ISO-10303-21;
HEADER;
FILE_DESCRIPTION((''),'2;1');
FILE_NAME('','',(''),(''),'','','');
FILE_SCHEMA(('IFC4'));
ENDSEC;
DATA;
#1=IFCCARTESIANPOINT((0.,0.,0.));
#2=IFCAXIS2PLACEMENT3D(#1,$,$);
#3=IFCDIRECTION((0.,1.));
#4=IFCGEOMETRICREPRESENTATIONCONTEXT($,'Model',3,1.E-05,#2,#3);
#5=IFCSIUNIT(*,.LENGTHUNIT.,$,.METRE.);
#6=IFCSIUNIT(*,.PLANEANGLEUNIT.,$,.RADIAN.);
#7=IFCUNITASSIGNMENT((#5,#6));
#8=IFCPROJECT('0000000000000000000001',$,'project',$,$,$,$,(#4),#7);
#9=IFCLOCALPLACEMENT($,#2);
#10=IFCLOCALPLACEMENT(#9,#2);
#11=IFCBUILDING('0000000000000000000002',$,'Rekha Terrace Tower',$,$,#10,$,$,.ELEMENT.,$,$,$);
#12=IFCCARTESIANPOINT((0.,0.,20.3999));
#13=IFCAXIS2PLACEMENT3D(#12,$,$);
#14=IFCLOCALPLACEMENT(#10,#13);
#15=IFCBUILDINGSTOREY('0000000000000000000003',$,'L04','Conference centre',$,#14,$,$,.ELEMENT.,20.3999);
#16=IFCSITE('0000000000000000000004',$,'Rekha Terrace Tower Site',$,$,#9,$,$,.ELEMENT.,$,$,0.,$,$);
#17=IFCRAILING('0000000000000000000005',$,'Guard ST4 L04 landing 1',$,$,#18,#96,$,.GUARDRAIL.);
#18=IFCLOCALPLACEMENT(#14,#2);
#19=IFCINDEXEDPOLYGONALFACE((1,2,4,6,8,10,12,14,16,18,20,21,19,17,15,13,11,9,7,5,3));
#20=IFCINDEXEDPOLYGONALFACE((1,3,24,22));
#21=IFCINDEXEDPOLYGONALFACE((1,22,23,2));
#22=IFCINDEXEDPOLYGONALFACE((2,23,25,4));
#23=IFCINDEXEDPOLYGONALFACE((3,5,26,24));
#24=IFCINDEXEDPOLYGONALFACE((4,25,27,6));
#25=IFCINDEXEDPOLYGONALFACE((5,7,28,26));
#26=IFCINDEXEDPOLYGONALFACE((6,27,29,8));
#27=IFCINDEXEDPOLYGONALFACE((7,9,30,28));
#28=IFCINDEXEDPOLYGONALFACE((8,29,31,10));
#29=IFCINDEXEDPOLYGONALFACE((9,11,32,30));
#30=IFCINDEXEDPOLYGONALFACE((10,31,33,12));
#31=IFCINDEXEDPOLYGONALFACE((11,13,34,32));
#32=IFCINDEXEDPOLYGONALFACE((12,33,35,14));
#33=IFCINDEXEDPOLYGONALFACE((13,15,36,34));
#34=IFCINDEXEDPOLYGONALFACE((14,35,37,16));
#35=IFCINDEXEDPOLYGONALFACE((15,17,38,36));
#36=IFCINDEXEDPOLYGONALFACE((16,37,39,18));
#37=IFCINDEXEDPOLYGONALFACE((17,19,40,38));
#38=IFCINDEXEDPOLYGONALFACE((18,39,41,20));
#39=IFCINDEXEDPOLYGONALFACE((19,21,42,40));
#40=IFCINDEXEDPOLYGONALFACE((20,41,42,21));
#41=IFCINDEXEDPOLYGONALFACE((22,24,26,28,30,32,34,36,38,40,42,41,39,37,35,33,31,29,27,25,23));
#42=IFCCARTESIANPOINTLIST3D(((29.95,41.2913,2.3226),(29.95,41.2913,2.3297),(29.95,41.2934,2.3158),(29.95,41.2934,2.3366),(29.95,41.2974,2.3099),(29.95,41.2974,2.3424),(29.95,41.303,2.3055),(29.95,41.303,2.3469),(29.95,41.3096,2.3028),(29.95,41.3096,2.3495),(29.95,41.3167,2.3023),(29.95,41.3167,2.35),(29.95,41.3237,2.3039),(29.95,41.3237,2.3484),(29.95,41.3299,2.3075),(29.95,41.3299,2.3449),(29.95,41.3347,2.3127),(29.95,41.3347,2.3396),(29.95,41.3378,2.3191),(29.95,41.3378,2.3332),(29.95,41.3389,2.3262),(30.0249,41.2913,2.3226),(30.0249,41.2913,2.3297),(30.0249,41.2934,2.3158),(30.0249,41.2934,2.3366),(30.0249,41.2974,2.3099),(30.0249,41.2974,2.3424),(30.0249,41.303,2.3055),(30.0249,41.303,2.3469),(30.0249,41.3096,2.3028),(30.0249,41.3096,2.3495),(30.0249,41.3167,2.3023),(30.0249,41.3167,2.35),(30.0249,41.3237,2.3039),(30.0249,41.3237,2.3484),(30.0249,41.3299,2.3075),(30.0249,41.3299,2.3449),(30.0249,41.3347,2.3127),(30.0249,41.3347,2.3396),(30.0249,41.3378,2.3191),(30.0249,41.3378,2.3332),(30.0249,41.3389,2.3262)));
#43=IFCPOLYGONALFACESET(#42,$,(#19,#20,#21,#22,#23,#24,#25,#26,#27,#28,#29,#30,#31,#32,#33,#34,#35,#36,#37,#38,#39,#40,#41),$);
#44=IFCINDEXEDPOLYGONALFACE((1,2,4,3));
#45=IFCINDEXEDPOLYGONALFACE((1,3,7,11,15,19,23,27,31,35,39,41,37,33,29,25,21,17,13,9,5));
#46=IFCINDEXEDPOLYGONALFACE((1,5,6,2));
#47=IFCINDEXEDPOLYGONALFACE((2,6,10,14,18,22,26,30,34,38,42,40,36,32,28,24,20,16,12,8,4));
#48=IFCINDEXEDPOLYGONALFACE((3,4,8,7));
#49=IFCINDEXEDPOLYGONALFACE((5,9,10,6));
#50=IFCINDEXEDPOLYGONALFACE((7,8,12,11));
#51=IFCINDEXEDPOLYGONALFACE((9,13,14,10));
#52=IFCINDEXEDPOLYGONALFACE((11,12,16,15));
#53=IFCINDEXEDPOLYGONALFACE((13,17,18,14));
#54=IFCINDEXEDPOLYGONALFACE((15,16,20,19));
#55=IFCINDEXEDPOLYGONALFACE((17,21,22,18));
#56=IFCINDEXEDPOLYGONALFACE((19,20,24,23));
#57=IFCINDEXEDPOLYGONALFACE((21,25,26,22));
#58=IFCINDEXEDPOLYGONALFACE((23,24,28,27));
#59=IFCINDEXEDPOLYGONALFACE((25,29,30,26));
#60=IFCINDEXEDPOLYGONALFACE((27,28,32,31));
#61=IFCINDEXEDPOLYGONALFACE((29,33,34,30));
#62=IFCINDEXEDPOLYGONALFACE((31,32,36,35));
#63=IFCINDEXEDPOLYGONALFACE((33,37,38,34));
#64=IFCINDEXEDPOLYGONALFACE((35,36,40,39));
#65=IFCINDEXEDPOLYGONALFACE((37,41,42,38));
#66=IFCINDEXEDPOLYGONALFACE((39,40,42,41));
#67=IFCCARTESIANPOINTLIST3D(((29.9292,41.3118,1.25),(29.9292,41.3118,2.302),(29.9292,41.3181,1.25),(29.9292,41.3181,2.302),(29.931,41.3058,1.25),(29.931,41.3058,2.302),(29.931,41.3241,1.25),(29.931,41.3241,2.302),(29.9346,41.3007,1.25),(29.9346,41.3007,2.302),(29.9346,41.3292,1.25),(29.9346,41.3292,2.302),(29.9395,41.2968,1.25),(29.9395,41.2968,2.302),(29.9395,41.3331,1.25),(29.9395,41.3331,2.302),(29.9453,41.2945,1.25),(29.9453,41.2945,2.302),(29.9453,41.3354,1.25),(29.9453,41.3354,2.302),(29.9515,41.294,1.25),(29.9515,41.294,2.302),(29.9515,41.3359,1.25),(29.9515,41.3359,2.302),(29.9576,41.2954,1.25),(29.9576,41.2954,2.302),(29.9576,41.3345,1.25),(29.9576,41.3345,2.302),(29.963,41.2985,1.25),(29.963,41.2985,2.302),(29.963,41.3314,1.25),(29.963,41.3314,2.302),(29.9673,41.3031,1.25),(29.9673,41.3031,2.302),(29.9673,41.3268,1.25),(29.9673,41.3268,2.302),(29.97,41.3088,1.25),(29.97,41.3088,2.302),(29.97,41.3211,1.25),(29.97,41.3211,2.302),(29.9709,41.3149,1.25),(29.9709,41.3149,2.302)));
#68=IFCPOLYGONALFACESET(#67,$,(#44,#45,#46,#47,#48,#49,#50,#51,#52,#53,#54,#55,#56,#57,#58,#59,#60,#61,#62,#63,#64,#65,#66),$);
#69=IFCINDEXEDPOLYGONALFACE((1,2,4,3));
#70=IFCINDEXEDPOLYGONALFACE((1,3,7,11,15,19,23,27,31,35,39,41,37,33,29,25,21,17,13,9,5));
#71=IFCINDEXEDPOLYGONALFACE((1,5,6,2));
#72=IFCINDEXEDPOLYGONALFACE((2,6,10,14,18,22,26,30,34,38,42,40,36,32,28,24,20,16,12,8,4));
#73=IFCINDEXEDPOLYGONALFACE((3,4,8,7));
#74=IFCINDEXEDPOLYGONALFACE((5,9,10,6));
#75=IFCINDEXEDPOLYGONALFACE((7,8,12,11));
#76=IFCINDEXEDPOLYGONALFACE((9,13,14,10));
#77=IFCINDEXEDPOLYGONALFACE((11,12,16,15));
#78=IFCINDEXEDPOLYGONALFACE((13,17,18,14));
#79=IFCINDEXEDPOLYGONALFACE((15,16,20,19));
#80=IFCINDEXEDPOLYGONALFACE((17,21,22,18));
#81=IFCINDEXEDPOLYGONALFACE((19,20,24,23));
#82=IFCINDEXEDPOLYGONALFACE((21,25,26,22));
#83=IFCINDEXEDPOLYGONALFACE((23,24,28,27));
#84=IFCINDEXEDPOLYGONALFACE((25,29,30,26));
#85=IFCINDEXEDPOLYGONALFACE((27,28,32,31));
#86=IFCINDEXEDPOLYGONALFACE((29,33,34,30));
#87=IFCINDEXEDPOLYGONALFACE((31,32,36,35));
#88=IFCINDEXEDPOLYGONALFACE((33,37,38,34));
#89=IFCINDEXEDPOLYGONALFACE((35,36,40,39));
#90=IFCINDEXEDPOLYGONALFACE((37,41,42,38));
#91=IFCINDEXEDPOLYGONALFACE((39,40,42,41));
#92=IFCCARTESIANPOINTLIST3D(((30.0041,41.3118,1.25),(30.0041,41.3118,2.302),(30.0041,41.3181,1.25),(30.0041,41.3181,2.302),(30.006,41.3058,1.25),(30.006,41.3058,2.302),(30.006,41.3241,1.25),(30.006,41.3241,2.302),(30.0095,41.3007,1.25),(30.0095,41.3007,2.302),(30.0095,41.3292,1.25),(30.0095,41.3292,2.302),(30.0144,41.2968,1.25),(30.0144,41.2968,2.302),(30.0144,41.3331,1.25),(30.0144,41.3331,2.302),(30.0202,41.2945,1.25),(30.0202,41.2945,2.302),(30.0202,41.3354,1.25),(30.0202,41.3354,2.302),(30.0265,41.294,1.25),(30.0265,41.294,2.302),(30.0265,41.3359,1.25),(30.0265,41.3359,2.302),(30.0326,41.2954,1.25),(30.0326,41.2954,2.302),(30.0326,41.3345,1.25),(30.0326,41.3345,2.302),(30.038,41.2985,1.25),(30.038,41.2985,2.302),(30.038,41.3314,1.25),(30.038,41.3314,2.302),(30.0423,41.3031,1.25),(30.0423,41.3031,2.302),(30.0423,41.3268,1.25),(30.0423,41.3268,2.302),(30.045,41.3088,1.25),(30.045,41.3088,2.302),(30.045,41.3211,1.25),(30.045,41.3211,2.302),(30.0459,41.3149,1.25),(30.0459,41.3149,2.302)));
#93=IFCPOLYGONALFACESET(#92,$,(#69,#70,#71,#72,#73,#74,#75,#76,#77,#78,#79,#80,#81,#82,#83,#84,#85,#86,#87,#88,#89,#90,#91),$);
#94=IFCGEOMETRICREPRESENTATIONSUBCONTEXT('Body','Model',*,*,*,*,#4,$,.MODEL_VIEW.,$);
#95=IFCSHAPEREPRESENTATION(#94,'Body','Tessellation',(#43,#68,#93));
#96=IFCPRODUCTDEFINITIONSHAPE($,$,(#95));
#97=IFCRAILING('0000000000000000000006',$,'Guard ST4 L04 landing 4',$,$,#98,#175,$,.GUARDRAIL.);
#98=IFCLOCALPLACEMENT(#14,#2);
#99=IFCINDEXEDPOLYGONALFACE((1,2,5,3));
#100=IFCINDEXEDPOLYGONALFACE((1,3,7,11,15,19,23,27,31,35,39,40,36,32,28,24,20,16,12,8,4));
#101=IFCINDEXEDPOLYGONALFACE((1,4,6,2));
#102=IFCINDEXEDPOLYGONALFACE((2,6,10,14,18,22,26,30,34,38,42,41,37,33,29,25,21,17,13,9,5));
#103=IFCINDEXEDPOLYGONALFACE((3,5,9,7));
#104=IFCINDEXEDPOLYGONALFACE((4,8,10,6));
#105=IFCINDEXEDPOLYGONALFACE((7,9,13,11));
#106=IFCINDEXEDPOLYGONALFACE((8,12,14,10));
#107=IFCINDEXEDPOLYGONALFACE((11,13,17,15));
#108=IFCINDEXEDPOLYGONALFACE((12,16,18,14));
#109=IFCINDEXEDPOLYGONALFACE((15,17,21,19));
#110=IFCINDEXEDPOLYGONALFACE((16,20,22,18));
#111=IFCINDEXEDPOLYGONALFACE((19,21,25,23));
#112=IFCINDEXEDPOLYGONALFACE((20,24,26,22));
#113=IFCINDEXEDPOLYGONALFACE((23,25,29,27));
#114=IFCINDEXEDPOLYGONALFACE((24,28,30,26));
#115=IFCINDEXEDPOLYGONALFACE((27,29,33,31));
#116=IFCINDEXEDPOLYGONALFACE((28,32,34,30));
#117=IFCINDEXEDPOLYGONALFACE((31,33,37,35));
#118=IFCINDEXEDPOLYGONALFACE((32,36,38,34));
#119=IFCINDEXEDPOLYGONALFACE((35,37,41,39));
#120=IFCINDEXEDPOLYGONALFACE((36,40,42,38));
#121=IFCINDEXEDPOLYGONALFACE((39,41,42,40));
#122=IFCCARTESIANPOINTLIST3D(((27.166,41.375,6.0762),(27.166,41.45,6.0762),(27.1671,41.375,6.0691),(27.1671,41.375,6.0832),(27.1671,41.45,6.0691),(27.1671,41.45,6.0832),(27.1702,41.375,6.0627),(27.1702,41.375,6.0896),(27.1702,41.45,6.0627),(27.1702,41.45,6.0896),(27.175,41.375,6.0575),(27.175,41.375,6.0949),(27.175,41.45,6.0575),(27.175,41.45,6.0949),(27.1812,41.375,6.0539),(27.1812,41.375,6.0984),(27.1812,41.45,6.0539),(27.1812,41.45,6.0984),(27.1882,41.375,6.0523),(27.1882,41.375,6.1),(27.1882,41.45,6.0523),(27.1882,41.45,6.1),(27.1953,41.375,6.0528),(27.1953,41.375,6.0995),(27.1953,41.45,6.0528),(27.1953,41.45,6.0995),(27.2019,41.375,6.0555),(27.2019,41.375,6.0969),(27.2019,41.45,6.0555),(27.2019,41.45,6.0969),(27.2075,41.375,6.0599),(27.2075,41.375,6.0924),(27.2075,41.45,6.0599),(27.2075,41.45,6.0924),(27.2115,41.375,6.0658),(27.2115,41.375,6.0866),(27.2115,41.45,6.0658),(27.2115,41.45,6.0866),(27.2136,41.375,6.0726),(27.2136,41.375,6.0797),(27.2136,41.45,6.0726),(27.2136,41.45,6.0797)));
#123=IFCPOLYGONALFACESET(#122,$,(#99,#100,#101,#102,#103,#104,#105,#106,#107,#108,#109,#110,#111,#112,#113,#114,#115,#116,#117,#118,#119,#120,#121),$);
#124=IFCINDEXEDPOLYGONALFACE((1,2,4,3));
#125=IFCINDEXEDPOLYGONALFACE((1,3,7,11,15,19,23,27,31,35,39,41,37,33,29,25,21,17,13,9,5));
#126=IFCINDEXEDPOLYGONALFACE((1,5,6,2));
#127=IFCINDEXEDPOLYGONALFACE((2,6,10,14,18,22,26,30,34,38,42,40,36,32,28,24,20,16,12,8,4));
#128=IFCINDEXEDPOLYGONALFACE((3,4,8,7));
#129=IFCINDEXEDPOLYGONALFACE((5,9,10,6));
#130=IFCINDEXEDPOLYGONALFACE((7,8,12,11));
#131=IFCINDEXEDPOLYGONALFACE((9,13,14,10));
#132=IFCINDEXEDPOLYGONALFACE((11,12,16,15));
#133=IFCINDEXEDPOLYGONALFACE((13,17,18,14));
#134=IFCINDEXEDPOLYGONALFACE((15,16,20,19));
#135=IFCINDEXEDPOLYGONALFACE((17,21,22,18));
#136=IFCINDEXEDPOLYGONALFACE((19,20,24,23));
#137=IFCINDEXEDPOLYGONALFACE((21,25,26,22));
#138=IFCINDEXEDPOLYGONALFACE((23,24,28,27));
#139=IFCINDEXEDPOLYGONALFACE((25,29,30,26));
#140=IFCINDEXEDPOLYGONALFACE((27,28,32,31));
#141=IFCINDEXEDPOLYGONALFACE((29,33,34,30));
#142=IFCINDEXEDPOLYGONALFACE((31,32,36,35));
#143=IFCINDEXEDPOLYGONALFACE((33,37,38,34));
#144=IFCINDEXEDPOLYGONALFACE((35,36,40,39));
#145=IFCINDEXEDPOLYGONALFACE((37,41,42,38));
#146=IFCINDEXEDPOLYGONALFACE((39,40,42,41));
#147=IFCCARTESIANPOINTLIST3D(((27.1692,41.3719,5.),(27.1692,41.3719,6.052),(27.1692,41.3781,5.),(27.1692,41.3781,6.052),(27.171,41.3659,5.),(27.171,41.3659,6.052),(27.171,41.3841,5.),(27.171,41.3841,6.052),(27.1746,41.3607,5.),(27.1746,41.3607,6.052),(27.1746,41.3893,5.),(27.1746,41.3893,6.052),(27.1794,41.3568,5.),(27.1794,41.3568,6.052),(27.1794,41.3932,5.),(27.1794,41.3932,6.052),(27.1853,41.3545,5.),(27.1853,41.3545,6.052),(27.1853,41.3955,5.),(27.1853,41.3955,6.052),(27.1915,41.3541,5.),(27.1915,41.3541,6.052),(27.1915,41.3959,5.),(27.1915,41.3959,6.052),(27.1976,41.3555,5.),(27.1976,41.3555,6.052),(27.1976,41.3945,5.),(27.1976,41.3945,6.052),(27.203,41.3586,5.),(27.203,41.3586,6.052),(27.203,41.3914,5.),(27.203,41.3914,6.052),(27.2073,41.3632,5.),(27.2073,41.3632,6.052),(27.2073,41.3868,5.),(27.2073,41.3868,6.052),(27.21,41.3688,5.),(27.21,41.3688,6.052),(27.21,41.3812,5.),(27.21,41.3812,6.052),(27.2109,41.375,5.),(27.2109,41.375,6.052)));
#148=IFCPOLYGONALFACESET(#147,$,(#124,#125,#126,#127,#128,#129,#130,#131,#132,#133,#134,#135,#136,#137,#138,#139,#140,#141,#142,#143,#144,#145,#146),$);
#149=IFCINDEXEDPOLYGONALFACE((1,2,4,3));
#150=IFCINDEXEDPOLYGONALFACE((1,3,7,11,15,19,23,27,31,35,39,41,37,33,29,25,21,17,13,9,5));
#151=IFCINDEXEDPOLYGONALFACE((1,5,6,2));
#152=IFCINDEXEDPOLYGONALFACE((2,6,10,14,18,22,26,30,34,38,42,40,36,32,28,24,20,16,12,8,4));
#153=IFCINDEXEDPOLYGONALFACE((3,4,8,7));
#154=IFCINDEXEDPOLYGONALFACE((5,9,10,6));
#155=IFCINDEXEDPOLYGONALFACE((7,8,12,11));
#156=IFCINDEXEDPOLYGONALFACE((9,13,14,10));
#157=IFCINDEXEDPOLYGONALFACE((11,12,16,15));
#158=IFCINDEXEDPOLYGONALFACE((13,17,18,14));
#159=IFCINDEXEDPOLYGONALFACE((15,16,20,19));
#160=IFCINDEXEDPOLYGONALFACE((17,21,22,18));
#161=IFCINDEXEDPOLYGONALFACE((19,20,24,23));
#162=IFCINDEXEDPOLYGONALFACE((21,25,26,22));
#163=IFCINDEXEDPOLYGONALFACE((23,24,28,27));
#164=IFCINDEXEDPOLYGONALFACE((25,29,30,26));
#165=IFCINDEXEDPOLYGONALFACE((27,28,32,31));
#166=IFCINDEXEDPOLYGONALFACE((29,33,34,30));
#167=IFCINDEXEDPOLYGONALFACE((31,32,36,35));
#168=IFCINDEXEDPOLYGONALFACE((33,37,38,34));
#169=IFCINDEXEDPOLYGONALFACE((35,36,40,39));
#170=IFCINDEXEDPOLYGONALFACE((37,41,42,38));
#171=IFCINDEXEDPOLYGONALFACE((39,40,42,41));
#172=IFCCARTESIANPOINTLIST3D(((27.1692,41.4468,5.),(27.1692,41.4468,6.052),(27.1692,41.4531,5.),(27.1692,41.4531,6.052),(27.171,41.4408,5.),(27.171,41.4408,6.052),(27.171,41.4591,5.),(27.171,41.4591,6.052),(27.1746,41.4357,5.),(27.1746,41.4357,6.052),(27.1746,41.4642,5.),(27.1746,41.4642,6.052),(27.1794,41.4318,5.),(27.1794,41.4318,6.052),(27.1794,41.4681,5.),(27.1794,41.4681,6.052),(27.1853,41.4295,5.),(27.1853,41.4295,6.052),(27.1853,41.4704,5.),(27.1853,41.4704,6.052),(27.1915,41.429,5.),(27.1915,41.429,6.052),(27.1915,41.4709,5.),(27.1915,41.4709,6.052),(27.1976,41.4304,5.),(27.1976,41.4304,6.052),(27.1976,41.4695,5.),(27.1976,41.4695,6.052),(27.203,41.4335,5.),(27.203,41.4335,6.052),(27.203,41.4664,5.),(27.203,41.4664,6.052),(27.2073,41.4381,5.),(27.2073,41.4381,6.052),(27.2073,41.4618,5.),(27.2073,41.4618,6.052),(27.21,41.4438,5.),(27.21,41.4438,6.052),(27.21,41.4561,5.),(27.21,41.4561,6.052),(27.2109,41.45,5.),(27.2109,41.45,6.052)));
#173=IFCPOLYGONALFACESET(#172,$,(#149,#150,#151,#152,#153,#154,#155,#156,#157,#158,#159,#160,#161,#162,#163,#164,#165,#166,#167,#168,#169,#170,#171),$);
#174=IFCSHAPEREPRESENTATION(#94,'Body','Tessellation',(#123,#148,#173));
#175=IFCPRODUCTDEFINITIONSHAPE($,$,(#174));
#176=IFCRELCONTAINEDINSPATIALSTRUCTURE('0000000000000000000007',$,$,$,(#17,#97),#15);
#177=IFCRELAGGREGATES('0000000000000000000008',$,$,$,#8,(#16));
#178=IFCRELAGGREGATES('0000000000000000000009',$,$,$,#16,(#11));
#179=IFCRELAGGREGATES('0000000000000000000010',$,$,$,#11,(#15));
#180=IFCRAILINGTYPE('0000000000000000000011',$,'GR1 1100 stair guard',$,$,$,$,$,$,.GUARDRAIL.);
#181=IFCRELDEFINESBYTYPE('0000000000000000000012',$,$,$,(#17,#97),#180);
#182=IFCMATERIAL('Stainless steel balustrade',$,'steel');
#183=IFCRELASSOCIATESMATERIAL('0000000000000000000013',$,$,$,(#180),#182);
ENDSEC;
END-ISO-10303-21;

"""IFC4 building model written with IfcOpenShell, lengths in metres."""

from ifc_helpers import new_model, si_unit, direction, frame, origin, origin_2d, place, context, subcontext, project, spatial, circle, extrude, material, type_object, element, save


model = new_model("IFC4")

# Units and contexts
model_context = context("Model", 3, precision=1e-05, world=origin(), true_north=direction((0.0, 1.0)))
body_context = subcontext(model_context, "Body", "Model", "MODEL_VIEW")
ifc_project = project(units=[si_unit("LENGTHUNIT", "METRE"), si_unit("PLANEANGLEUNIT", "RADIAN")], contexts=[model_context])

# Site, building, storey
site_placement = place(None, origin())
site = spatial("IfcSite", under=ifc_project, at=site_placement, Name="Rekha Terrace Tower Site", CompositionType="ELEMENT", RefElevation=0.0)
building_placement = place(site_placement, origin())
building = spatial("IfcBuilding", under=site, at=building_placement, Name="Rekha Terrace Tower", CompositionType="ELEMENT")
storey_placement = place(building_placement, frame((0.0, 0.0, 20.3999)))
storey = spatial("IfcBuildingStorey", under=building, at=storey_placement, Name="L04", Description="Conference centre", CompositionType="ELEMENT", Elevation=20.3999)

# Railings
ifc_material_1 = material(Name="Stainless steel balustrade", Category="steel")
railing_type_1 = type_object("IfcRailingType", Name="GR1 1100 stair guard", PredefinedType="GUARDRAIL", material=ifc_material_1)
railing_1_placement = place(storey_placement, frame((29.95, 41.3149, 1.25)))
element("IfcRailing", 1, at=railing_1_placement, inside=storey, type_object=railing_type_1, Name="Guard ST4 L04 landing 1", PredefinedType="GUARDRAIL", context=body_context, shape_type="SweptSolid", body=[
    extrude(circle(Radius=0.0239, at=origin_2d()), frame((0.0, 0.0, 1.0762), z_axis=(1.0, 0.0, 0.0), x_axis=(0.0, 1.0, 0.0)), (0.0, 0.0, 1.0), 0.075),
    extrude(circle(Radius=0.021, at=origin_2d()), origin(), (0.0, 0.0, 1.0), 1.052),
    extrude(circle(Radius=0.021, at=origin_2d()), frame((0.075, 0.0, 0.0)), (0.0, 0.0, 1.0), 1.052),
])
railing_2_placement = place(storey_placement, frame((27.1899, 41.375, 5.0)))
element("IfcRailing", 2, at=railing_2_placement, inside=storey, type_object=railing_type_1, Name="Guard ST4 L04 landing 4", PredefinedType="GUARDRAIL", context=body_context, shape_type="SweptSolid", body=[
    extrude(circle(Radius=0.0239, at=origin_2d()), frame((0.0, 0.0, 1.0762), z_axis=(0.0, 1.0, 0.0), x_axis=(-1.0, 0.0, 0.0)), (0.0, 0.0, 1.0), 0.075),
    extrude(circle(Radius=0.021, at=origin_2d()), origin(), (0.0, 0.0, 1.0), 1.052),
    extrude(circle(Radius=0.021, at=origin_2d()), frame((0.0, 0.075, 0.0)), (0.0, 0.0, 1.0), 1.052),
])

save(model, "model.ifc")
